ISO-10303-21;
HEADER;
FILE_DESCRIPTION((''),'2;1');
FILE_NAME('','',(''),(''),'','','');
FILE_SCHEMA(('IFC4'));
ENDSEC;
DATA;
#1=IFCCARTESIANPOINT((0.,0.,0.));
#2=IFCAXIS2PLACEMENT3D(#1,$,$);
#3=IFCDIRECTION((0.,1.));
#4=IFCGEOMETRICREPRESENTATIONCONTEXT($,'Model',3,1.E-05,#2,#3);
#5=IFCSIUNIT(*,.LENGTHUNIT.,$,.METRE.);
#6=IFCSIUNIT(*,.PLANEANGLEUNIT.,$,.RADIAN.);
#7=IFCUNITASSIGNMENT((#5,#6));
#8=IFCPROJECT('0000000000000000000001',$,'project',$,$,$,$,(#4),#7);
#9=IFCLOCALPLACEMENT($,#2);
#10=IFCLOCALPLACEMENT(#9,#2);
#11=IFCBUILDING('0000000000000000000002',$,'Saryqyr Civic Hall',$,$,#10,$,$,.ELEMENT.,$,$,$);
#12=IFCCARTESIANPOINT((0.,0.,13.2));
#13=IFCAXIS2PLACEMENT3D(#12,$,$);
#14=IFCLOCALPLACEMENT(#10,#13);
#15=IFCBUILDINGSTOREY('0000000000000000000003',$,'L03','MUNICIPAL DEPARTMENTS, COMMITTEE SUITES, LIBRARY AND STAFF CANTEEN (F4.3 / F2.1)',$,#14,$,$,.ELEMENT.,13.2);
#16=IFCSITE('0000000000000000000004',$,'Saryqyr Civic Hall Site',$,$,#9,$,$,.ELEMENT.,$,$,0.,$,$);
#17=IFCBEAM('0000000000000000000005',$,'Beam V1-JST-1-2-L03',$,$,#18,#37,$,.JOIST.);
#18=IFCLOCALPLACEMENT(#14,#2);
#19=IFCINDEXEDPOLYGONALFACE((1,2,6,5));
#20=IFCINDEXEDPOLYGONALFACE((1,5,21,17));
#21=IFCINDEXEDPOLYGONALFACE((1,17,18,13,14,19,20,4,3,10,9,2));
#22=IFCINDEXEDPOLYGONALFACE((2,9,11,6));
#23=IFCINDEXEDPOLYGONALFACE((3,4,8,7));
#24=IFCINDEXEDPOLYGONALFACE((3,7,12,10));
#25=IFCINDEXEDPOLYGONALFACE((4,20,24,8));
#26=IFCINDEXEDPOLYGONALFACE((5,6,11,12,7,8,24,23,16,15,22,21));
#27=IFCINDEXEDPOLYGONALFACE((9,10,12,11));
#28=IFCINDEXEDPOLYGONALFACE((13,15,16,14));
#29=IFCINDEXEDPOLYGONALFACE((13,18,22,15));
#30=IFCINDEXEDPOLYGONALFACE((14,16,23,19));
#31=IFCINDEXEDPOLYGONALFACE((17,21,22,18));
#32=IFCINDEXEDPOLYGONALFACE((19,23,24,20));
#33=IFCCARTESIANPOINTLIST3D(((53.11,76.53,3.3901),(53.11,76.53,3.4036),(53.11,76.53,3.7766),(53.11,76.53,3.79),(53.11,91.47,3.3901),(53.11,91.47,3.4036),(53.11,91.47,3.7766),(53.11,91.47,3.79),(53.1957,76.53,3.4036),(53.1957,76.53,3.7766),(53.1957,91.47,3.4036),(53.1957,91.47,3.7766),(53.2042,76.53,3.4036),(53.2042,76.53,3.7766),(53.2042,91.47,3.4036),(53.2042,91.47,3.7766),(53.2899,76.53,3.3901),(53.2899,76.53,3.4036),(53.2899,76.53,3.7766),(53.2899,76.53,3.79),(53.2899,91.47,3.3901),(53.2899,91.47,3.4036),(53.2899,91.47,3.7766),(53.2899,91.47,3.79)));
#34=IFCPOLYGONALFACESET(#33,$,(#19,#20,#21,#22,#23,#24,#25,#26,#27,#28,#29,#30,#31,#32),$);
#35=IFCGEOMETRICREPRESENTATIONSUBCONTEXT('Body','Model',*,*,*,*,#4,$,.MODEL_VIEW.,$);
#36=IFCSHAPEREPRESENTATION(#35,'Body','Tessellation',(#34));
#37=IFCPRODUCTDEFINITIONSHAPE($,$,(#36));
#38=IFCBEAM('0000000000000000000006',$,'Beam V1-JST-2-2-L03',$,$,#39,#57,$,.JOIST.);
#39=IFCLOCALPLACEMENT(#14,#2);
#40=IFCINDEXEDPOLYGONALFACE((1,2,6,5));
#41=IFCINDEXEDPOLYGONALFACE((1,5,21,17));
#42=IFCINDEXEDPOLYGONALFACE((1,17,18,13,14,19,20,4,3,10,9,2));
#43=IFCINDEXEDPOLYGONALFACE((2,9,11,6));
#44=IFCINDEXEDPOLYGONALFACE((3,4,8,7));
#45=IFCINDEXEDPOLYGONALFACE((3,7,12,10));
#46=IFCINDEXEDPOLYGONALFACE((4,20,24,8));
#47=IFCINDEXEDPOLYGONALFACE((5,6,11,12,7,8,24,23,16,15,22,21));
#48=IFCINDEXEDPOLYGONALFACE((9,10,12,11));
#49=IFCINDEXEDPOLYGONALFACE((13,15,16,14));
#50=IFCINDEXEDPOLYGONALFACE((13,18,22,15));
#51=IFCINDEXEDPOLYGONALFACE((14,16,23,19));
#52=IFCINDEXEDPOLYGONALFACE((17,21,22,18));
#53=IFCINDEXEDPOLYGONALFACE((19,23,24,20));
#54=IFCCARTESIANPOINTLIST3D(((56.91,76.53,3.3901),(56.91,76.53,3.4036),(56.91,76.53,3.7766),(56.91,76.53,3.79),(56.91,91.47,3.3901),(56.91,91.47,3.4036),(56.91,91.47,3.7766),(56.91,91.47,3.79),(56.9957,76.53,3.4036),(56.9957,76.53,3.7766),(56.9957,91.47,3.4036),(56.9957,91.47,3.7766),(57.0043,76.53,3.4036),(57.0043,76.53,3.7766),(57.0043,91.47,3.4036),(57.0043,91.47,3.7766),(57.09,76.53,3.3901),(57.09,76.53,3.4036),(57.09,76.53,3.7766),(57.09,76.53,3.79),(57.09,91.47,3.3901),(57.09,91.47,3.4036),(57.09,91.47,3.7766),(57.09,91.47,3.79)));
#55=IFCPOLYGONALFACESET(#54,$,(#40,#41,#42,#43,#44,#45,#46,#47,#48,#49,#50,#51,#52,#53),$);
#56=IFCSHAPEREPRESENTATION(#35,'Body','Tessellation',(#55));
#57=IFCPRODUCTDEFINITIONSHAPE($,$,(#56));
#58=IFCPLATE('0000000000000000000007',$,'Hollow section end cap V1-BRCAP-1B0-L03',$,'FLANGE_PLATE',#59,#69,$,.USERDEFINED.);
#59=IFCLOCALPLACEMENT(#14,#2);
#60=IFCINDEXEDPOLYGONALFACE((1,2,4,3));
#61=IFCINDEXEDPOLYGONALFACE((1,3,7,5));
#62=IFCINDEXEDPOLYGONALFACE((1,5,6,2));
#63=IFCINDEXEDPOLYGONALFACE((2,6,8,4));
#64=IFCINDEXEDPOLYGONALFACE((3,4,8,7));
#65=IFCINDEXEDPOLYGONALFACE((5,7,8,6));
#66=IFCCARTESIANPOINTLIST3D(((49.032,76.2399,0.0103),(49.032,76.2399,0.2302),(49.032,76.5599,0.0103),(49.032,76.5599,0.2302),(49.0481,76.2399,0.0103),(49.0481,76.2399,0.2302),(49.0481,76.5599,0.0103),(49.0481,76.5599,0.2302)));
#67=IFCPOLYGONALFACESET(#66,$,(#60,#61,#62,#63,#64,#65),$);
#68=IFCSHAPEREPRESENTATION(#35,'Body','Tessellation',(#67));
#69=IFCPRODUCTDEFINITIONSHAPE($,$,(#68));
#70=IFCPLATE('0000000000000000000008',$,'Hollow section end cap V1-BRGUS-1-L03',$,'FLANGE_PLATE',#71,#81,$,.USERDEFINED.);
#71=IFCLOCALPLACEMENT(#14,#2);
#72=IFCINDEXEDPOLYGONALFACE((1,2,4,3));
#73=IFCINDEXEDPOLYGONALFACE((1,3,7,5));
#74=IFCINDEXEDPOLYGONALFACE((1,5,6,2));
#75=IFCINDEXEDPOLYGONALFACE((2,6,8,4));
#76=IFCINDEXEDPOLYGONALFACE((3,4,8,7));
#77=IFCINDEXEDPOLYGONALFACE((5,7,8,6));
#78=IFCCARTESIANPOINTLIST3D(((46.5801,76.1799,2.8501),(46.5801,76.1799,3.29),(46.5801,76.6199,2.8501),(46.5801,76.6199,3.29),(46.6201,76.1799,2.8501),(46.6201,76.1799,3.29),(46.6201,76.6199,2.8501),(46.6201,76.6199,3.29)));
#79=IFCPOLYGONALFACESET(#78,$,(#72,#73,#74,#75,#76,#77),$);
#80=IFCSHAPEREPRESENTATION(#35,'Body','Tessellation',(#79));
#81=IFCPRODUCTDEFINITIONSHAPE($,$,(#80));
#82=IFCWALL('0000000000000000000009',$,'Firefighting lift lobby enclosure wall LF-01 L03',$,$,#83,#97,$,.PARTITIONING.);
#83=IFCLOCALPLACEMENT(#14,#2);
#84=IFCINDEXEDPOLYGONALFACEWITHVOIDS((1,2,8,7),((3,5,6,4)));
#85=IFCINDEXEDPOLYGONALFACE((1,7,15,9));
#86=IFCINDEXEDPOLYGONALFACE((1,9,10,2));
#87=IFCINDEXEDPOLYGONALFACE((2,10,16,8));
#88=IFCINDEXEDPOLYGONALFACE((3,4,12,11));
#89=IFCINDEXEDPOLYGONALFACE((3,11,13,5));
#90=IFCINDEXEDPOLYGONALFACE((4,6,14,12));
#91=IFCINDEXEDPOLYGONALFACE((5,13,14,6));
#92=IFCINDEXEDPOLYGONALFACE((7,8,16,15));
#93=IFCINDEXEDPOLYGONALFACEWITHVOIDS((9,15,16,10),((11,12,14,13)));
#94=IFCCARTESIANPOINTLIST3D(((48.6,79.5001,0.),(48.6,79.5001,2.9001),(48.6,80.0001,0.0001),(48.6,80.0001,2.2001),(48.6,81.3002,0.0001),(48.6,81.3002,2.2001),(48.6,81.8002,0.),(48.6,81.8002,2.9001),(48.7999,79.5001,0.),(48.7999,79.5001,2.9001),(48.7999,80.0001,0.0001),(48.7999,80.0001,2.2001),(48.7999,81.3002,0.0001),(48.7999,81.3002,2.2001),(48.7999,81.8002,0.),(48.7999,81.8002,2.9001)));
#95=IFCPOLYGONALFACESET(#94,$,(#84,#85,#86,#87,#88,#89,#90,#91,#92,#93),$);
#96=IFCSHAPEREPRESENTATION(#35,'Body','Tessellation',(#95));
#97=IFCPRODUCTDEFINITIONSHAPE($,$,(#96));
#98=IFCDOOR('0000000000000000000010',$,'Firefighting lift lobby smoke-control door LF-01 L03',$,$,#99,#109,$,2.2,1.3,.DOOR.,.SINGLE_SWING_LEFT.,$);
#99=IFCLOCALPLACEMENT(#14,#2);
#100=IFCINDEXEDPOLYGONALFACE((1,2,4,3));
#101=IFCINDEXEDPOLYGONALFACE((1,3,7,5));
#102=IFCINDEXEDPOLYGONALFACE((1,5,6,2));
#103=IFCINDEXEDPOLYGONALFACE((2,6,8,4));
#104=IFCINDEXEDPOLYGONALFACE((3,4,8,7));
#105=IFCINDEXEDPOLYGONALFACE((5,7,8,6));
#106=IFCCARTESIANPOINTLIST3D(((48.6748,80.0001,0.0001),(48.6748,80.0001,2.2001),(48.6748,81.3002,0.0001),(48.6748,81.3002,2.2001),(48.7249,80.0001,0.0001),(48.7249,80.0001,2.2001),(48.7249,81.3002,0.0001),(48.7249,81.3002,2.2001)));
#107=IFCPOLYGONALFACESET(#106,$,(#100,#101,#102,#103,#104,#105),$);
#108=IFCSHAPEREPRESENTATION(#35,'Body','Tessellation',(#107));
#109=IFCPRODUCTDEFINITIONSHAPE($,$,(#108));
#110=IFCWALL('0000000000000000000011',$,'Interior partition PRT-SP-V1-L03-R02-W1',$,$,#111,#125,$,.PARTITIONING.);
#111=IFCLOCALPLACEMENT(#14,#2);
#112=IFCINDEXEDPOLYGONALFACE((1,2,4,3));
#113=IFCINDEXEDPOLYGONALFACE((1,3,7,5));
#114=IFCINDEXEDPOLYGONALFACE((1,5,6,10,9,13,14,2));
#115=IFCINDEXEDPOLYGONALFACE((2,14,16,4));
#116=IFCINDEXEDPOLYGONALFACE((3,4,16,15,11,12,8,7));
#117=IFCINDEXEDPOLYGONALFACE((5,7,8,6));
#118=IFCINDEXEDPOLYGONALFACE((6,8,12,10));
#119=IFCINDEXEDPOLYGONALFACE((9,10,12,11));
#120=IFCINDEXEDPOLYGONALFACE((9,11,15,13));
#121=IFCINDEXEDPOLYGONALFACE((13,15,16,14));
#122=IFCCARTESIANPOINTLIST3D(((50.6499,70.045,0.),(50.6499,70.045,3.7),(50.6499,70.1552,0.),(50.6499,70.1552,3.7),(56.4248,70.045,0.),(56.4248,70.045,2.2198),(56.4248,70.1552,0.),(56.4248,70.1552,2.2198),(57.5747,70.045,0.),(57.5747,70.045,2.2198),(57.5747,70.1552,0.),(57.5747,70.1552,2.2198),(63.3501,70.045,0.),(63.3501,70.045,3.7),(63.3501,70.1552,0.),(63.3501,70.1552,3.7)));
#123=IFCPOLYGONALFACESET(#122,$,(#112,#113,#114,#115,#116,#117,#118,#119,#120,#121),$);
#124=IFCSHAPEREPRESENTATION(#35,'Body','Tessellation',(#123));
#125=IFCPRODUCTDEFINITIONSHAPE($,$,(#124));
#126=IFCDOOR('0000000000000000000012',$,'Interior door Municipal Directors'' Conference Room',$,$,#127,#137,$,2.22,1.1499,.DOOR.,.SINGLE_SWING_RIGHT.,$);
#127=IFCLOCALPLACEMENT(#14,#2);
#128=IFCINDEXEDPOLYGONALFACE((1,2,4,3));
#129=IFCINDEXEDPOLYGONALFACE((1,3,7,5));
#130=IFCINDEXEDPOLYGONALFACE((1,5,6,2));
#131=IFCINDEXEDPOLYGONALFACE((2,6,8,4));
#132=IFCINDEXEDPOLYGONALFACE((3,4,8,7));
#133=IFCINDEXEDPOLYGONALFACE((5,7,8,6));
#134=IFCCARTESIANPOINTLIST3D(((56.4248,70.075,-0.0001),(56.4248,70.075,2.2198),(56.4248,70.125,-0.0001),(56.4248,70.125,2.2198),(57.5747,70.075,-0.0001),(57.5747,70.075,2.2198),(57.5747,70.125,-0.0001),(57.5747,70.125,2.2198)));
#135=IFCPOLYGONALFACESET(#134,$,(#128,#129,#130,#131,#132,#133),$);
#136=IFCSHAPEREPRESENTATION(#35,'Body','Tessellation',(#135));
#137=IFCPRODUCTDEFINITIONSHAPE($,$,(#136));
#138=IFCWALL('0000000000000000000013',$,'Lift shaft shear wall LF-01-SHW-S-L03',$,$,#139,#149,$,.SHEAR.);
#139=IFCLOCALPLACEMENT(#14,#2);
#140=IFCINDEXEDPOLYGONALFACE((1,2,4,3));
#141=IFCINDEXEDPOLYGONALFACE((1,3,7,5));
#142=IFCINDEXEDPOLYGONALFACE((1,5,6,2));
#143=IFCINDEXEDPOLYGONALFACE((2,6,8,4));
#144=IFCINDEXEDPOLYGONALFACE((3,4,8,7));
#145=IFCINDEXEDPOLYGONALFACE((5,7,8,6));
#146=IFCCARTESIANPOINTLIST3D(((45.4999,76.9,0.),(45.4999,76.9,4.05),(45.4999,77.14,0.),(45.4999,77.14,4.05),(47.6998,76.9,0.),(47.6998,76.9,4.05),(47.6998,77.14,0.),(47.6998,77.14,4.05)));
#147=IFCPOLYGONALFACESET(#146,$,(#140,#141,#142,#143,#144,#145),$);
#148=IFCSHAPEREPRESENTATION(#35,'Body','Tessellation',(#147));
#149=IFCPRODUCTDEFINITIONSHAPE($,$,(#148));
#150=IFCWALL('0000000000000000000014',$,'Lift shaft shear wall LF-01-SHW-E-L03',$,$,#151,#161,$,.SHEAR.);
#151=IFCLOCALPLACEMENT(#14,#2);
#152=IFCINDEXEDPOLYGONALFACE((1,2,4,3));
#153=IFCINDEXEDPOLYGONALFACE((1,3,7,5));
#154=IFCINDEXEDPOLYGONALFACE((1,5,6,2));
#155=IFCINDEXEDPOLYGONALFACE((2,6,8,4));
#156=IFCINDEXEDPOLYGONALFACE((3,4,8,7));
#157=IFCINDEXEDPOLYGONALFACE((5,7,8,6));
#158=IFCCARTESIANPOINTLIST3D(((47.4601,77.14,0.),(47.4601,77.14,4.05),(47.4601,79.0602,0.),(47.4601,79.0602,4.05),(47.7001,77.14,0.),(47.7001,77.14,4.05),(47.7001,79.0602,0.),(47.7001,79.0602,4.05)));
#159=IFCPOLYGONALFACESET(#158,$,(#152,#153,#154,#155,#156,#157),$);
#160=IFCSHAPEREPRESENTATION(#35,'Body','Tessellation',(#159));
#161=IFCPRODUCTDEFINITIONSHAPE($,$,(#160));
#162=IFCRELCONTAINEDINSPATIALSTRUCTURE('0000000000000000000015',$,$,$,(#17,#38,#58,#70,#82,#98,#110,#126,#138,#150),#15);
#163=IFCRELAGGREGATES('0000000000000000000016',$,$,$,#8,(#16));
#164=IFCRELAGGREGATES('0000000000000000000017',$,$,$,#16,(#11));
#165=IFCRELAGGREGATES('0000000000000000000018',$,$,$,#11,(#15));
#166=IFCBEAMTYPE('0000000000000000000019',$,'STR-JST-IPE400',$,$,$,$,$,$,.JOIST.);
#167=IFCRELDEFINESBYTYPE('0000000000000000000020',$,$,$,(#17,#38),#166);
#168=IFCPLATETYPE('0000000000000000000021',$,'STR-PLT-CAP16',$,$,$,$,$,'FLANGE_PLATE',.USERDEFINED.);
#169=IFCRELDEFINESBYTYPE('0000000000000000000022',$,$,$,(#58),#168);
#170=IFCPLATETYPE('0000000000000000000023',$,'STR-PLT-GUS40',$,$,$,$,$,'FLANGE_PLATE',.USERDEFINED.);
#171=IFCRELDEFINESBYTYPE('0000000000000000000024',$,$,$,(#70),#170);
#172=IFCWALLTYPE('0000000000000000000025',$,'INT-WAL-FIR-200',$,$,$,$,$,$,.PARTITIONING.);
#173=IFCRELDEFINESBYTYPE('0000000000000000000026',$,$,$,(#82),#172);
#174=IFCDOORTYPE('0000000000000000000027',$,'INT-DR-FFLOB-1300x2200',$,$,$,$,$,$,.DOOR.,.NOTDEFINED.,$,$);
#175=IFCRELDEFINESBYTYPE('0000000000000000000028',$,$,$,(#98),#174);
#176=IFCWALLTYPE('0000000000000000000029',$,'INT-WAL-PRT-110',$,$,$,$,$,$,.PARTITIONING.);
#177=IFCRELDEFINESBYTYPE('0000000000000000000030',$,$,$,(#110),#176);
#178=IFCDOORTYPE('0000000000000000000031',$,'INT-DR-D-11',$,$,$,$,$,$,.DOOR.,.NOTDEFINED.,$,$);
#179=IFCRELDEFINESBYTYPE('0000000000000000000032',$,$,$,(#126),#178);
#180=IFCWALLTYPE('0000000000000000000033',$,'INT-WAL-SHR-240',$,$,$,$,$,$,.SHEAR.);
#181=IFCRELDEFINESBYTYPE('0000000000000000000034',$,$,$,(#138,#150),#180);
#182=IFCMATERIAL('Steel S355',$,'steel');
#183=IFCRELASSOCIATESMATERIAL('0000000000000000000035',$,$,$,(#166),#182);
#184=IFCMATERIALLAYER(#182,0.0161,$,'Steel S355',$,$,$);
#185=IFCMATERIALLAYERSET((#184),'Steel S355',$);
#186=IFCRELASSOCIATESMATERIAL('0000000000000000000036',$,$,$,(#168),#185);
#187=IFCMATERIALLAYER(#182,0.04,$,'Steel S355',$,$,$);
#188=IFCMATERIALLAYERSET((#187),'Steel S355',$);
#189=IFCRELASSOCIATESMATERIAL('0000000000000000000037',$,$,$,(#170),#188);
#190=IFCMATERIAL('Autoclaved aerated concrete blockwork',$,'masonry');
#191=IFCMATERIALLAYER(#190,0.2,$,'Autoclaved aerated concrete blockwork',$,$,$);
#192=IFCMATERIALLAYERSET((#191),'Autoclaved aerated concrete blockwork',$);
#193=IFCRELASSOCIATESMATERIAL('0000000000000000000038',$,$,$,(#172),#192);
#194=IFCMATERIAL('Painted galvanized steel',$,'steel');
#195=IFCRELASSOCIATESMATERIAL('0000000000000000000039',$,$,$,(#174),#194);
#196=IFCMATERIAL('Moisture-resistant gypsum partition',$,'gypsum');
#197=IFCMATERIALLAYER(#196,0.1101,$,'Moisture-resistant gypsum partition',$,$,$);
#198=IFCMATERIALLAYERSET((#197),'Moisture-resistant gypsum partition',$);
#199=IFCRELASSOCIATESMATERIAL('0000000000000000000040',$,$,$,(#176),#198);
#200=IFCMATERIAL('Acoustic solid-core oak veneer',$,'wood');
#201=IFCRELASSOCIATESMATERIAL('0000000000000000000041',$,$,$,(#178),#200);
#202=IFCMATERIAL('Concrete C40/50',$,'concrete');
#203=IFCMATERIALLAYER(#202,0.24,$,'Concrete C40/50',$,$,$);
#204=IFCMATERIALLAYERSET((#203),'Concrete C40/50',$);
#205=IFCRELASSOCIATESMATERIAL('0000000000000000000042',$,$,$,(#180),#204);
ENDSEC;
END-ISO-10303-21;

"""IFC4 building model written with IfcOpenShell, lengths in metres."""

from ifc_helpers import new_model, si_unit, direction, frame, frame_2d, origin, origin_2d, place, context, subcontext, project, spatial, rectangle, i_section, extrude, material, layer, layer_set, material_profile, profile_set, type_object, element, fill, save


model = new_model("IFC4")

# Units and contexts
model_context = context("Model", 3, precision=1e-05, world=origin(), true_north=direction((0.0, 1.0)))
body_context = subcontext(model_context, "Body", "Model", "MODEL_VIEW")
ifc_project = project(units=[si_unit("LENGTHUNIT", "METRE"), si_unit("PLANEANGLEUNIT", "RADIAN")], contexts=[model_context])

# Site, building, storey
site_placement = place(None, origin())
site = spatial("IfcSite", under=ifc_project, at=site_placement, Name="Saryqyr Civic Hall Site", CompositionType="ELEMENT", RefElevation=0.0)
building_placement = place(site_placement, origin())
building = spatial("IfcBuilding", under=site, at=building_placement, Name="Saryqyr Civic Hall", CompositionType="ELEMENT")
storey_placement = place(building_placement, frame((0.0, 0.0, 13.2)))
storey = spatial("IfcBuildingStorey", under=building, at=storey_placement, Name="L03", Description="MUNICIPAL DEPARTMENTS, COMMITTEE SUITES, LIBRARY AND STAFF CANTEEN (F4.3 / F2.1)", CompositionType="ELEMENT", Elevation=13.2)

# Shared definitions
ifc_material_1 = material(Name="Concrete C40/50", Category="concrete")

# Shared definitions
ifc_material_2 = material(Name="Steel S355", Category="steel")

# Beams
ifc_material_profile_1 = material_profile(ifc_material_2, i_section(OverallWidth=0.1799, OverallDepth=0.3999, WebThickness=0.0085, FlangeThickness=0.0134, at=origin_2d()), Name="IPE 400")
ifc_profile_set_1 = profile_set([ifc_material_profile_1], Name="Steel S355")
beam_type_1 = type_object("IfcBeamType", Name="STR-JST-IPE400", PredefinedType="JOIST", material=ifc_profile_set_1)
for number, where, z_axis, x_axis, name in (
    (1, (53.2, 76.53, 3.5901), (0.0, 1.0, 0.0), (-1.0, 0.0, 0.0), "Beam V1-JST-1-2-L03"),
    (2, (57.0, 76.53, 3.5901), (0.0, 1.0, 0.0), (-1.0, 0.0, 0.0), "Beam V1-JST-2-2-L03"),
):
    element("IfcBeam", number, at=place(storey_placement, frame(where, z_axis=z_axis, x_axis=x_axis)), inside=storey, type_object=beam_type_1, Name=name, PredefinedType="JOIST", context=body_context, shape_type="SweptSolid", body=[
        extrude(i_section(OverallWidth=0.1799, OverallDepth=0.3999, WebThickness=0.0085, FlangeThickness=0.0134, at=origin_2d()), origin(), (0.0, 0.0, 1.0), 14.9399),
    ])

# Plates
ifc_layer_1 = layer(ifc_material_2, 0.0161, Name="Steel S355")
ifc_layer_set_1 = layer_set([ifc_layer_1], Name="Steel S355")
plate_type_1 = type_object("IfcPlateType", Name="STR-PLT-CAP16", ElementType="FLANGE_PLATE", PredefinedType="USERDEFINED", material=ifc_layer_set_1)
plate_1_placement = place(storey_placement, frame((49.04, 76.3999, 0.0103), z_axis=(0.0, 0.0, 1.0), x_axis=(1.0, 0.0, 0.0)))
element("IfcPlate", 3, at=plate_1_placement, inside=storey, type_object=plate_type_1, Name="Hollow section end cap V1-BRCAP-1B0-L03", ObjectType="FLANGE_PLATE", PredefinedType="USERDEFINED", context=body_context, shape_type="SweptSolid", body=[
    extrude(rectangle(XDim=0.0161, YDim=0.3201, at=origin_2d()), origin(), (0.0, 0.0, 1.0), 0.22),
])
ifc_layer_2 = layer(ifc_material_2, 0.04, Name="Steel S355")
ifc_layer_set_2 = layer_set([ifc_layer_2], Name="Steel S355")
plate_type_2 = type_object("IfcPlateType", Name="STR-PLT-GUS40", ElementType="FLANGE_PLATE", PredefinedType="USERDEFINED", material=ifc_layer_set_2)
plate_2_placement = place(storey_placement, frame((46.6001, 76.3999, 2.8501), z_axis=(0.0, 0.0, 1.0), x_axis=(1.0, 0.0, 0.0)))
element("IfcPlate", 4, at=plate_2_placement, inside=storey, type_object=plate_type_2, Name="Hollow section end cap V1-BRGUS-1-L03", ObjectType="FLANGE_PLATE", PredefinedType="USERDEFINED", context=body_context, shape_type="SweptSolid", body=[
    extrude(rectangle(XDim=0.04, YDim=0.4399, at=origin_2d()), origin(), (0.0, 0.0, 1.0), 0.4399),
])

# Walls, openings, doors
ifc_material_3 = material(Name="Autoclaved aerated concrete blockwork", Category="masonry")
ifc_layer_3 = layer(ifc_material_3, 0.2, Name="Autoclaved aerated concrete blockwork")
ifc_layer_set_3 = layer_set([ifc_layer_3], Name="Autoclaved aerated concrete blockwork")
wall_type_1 = type_object("IfcWallType", Name="INT-WAL-FIR-200", PredefinedType="PARTITIONING", material=ifc_layer_set_3)
wall_1_placement = place(storey_placement, frame((48.7, 81.8, 0.0), z_axis=(0.0, 0.0, 1.0), x_axis=(0.0, -1.0, 0.0)))
wall_1 = element("IfcWall", 5, at=wall_1_placement, inside=storey, type_object=wall_type_1, Name="Firefighting lift lobby enclosure wall LF-01 L03", PredefinedType="PARTITIONING", context=body_context, shape_type="SweptSolid", body=[
    extrude(rectangle(XDim=2.3, YDim=0.2, at=frame_2d((1.1499, 0.0))), origin(), (0.0, 0.0, 1.0), 2.9001),
])
opening_1_placement = place(wall_1_placement, frame((0.5, 0.0, 0.0)))
opening_1 = element("IfcOpeningElement", 6, at=opening_1_placement, cuts=wall_1, PredefinedType="OPENING", context=body_context, shape_type="SweptSolid", body=[
    extrude(rectangle(XDim=1.3, YDim=2.2, at=frame_2d((0.6499, 1.1001))), frame((0.0, 0.1099, 0.0), z_axis=(0.0, -1.0, 0.0), x_axis=(1.0, 0.0, 0.0)), (0.0, 0.0, 1.0), 0.22),
])
ifc_material_4 = material(Name="Painted galvanized steel", Category="steel")
door_type_1 = type_object("IfcDoorType", Name="INT-DR-FFLOB-1300x2200", OperationType="NOTDEFINED", PredefinedType="DOOR", material=ifc_material_4)
door_1_placement = place(opening_1_placement, origin())
door_1 = element("IfcDoor", 7, at=door_1_placement, inside=storey, type_object=door_type_1, Name="Firefighting lift lobby smoke-control door LF-01 L03", OperationType="SINGLE_SWING_LEFT", OverallHeight=2.2, OverallWidth=1.3, PredefinedType="DOOR", context=body_context, shape_type="SweptSolid", body=[
    extrude(rectangle(XDim=1.3, YDim=2.2, at=frame_2d((0.6499, 1.1001))), frame((0.0, 0.0249, 0.0), z_axis=(0.0, -1.0, 0.0), x_axis=(1.0, 0.0, 0.0)), (0.0, 0.0, 1.0), 0.05),
])
fill(opening_1, door_1)
ifc_material_5 = material(Name="Moisture-resistant gypsum partition", Category="gypsum")
ifc_layer_4 = layer(ifc_material_5, 0.1101, Name="Moisture-resistant gypsum partition")
ifc_layer_set_4 = layer_set([ifc_layer_4], Name="Moisture-resistant gypsum partition")
wall_type_2 = type_object("IfcWallType", Name="INT-WAL-PRT-110", PredefinedType="PARTITIONING", material=ifc_layer_set_4)
wall_2_placement = place(storey_placement, frame((50.6499, 70.1001, 0.0), z_axis=(0.0, 0.0, 1.0), x_axis=(1.0, 0.0, 0.0)))
wall_2 = element("IfcWall", 8, at=wall_2_placement, inside=storey, type_object=wall_type_2, Name="Interior partition PRT-SP-V1-L03-R02-W1", PredefinedType="PARTITIONING", context=body_context, shape_type="SweptSolid", body=[
    extrude(rectangle(XDim=12.7002, YDim=0.1101, at=frame_2d((6.3501, 0.0))), origin(), (0.0, 0.0, 1.0), 3.7),
])
opening_2_placement = place(wall_2_placement, frame((5.7749, 0.0, 0.0)))
opening_2 = element("IfcOpeningElement", 9, at=opening_2_placement, cuts=wall_2, PredefinedType="OPENING", context=body_context, shape_type="SweptSolid", body=[
    extrude(rectangle(XDim=1.1499, YDim=2.22, at=frame_2d((0.575, 1.1099))), frame((0.0, 0.0649, 0.0), z_axis=(0.0, -1.0, 0.0), x_axis=(1.0, 0.0, 0.0)), (0.0, 0.0, 1.0), 0.1301),
])
ifc_material_6 = material(Name="Acoustic solid-core oak veneer", Category="wood")
door_type_2 = type_object("IfcDoorType", Name="INT-DR-D-11", OperationType="NOTDEFINED", PredefinedType="DOOR", material=ifc_material_6)
door_2_placement = place(opening_2_placement, origin())
door_2 = element("IfcDoor", 10, at=door_2_placement, inside=storey, type_object=door_type_2, Name="Interior door Municipal Directors' Conference Room", OperationType="SINGLE_SWING_RIGHT", OverallHeight=2.22, OverallWidth=1.1499, PredefinedType="DOOR", context=body_context, shape_type="SweptSolid", body=[
    extrude(rectangle(XDim=1.1499, YDim=2.22, at=frame_2d((0.575, 1.1099))), frame((0.0, 0.0249, 0.0), z_axis=(0.0, -1.0, 0.0), x_axis=(1.0, 0.0, 0.0)), (0.0, 0.0, 1.0), 0.05),
])
fill(opening_2, door_2)

# Walls
ifc_layer_5 = layer(ifc_material_1, 0.24, Name="Concrete C40/50")
ifc_layer_set_5 = layer_set([ifc_layer_5], Name="Concrete C40/50")
wall_type_3 = type_object("IfcWallType", Name="INT-WAL-SHR-240", PredefinedType="SHEAR", material=ifc_layer_set_5)
wall_3_placement = place(storey_placement, frame((47.7, 77.02, 0.0), z_axis=(0.0, 0.0, 1.0), x_axis=(-1.0, 0.0, 0.0)))
element("IfcWall", 11, at=wall_3_placement, inside=storey, type_object=wall_type_3, Name="Lift shaft shear wall LF-01-SHW-S-L03", PredefinedType="SHEAR", context=body_context, shape_type="SweptSolid", body=[
    extrude(rectangle(XDim=2.2, YDim=0.24, at=frame_2d((1.1001, 0.0))), origin(), (0.0, 0.0, 1.0), 4.05),
])
wall_4_placement = place(storey_placement, frame((47.5801, 79.0601, 0.0), z_axis=(0.0, 0.0, 1.0), x_axis=(0.0, -1.0, 0.0)))
element("IfcWall", 12, at=wall_4_placement, inside=storey, type_object=wall_type_3, Name="Lift shaft shear wall LF-01-SHW-E-L03", PredefinedType="SHEAR", context=body_context, shape_type="SweptSolid", body=[
    extrude(rectangle(XDim=1.9202, YDim=0.24, at=frame_2d((0.96, 0.0))), origin(), (0.0, 0.0, 1.0), 4.05),
])

save(model, "model.ifc")
